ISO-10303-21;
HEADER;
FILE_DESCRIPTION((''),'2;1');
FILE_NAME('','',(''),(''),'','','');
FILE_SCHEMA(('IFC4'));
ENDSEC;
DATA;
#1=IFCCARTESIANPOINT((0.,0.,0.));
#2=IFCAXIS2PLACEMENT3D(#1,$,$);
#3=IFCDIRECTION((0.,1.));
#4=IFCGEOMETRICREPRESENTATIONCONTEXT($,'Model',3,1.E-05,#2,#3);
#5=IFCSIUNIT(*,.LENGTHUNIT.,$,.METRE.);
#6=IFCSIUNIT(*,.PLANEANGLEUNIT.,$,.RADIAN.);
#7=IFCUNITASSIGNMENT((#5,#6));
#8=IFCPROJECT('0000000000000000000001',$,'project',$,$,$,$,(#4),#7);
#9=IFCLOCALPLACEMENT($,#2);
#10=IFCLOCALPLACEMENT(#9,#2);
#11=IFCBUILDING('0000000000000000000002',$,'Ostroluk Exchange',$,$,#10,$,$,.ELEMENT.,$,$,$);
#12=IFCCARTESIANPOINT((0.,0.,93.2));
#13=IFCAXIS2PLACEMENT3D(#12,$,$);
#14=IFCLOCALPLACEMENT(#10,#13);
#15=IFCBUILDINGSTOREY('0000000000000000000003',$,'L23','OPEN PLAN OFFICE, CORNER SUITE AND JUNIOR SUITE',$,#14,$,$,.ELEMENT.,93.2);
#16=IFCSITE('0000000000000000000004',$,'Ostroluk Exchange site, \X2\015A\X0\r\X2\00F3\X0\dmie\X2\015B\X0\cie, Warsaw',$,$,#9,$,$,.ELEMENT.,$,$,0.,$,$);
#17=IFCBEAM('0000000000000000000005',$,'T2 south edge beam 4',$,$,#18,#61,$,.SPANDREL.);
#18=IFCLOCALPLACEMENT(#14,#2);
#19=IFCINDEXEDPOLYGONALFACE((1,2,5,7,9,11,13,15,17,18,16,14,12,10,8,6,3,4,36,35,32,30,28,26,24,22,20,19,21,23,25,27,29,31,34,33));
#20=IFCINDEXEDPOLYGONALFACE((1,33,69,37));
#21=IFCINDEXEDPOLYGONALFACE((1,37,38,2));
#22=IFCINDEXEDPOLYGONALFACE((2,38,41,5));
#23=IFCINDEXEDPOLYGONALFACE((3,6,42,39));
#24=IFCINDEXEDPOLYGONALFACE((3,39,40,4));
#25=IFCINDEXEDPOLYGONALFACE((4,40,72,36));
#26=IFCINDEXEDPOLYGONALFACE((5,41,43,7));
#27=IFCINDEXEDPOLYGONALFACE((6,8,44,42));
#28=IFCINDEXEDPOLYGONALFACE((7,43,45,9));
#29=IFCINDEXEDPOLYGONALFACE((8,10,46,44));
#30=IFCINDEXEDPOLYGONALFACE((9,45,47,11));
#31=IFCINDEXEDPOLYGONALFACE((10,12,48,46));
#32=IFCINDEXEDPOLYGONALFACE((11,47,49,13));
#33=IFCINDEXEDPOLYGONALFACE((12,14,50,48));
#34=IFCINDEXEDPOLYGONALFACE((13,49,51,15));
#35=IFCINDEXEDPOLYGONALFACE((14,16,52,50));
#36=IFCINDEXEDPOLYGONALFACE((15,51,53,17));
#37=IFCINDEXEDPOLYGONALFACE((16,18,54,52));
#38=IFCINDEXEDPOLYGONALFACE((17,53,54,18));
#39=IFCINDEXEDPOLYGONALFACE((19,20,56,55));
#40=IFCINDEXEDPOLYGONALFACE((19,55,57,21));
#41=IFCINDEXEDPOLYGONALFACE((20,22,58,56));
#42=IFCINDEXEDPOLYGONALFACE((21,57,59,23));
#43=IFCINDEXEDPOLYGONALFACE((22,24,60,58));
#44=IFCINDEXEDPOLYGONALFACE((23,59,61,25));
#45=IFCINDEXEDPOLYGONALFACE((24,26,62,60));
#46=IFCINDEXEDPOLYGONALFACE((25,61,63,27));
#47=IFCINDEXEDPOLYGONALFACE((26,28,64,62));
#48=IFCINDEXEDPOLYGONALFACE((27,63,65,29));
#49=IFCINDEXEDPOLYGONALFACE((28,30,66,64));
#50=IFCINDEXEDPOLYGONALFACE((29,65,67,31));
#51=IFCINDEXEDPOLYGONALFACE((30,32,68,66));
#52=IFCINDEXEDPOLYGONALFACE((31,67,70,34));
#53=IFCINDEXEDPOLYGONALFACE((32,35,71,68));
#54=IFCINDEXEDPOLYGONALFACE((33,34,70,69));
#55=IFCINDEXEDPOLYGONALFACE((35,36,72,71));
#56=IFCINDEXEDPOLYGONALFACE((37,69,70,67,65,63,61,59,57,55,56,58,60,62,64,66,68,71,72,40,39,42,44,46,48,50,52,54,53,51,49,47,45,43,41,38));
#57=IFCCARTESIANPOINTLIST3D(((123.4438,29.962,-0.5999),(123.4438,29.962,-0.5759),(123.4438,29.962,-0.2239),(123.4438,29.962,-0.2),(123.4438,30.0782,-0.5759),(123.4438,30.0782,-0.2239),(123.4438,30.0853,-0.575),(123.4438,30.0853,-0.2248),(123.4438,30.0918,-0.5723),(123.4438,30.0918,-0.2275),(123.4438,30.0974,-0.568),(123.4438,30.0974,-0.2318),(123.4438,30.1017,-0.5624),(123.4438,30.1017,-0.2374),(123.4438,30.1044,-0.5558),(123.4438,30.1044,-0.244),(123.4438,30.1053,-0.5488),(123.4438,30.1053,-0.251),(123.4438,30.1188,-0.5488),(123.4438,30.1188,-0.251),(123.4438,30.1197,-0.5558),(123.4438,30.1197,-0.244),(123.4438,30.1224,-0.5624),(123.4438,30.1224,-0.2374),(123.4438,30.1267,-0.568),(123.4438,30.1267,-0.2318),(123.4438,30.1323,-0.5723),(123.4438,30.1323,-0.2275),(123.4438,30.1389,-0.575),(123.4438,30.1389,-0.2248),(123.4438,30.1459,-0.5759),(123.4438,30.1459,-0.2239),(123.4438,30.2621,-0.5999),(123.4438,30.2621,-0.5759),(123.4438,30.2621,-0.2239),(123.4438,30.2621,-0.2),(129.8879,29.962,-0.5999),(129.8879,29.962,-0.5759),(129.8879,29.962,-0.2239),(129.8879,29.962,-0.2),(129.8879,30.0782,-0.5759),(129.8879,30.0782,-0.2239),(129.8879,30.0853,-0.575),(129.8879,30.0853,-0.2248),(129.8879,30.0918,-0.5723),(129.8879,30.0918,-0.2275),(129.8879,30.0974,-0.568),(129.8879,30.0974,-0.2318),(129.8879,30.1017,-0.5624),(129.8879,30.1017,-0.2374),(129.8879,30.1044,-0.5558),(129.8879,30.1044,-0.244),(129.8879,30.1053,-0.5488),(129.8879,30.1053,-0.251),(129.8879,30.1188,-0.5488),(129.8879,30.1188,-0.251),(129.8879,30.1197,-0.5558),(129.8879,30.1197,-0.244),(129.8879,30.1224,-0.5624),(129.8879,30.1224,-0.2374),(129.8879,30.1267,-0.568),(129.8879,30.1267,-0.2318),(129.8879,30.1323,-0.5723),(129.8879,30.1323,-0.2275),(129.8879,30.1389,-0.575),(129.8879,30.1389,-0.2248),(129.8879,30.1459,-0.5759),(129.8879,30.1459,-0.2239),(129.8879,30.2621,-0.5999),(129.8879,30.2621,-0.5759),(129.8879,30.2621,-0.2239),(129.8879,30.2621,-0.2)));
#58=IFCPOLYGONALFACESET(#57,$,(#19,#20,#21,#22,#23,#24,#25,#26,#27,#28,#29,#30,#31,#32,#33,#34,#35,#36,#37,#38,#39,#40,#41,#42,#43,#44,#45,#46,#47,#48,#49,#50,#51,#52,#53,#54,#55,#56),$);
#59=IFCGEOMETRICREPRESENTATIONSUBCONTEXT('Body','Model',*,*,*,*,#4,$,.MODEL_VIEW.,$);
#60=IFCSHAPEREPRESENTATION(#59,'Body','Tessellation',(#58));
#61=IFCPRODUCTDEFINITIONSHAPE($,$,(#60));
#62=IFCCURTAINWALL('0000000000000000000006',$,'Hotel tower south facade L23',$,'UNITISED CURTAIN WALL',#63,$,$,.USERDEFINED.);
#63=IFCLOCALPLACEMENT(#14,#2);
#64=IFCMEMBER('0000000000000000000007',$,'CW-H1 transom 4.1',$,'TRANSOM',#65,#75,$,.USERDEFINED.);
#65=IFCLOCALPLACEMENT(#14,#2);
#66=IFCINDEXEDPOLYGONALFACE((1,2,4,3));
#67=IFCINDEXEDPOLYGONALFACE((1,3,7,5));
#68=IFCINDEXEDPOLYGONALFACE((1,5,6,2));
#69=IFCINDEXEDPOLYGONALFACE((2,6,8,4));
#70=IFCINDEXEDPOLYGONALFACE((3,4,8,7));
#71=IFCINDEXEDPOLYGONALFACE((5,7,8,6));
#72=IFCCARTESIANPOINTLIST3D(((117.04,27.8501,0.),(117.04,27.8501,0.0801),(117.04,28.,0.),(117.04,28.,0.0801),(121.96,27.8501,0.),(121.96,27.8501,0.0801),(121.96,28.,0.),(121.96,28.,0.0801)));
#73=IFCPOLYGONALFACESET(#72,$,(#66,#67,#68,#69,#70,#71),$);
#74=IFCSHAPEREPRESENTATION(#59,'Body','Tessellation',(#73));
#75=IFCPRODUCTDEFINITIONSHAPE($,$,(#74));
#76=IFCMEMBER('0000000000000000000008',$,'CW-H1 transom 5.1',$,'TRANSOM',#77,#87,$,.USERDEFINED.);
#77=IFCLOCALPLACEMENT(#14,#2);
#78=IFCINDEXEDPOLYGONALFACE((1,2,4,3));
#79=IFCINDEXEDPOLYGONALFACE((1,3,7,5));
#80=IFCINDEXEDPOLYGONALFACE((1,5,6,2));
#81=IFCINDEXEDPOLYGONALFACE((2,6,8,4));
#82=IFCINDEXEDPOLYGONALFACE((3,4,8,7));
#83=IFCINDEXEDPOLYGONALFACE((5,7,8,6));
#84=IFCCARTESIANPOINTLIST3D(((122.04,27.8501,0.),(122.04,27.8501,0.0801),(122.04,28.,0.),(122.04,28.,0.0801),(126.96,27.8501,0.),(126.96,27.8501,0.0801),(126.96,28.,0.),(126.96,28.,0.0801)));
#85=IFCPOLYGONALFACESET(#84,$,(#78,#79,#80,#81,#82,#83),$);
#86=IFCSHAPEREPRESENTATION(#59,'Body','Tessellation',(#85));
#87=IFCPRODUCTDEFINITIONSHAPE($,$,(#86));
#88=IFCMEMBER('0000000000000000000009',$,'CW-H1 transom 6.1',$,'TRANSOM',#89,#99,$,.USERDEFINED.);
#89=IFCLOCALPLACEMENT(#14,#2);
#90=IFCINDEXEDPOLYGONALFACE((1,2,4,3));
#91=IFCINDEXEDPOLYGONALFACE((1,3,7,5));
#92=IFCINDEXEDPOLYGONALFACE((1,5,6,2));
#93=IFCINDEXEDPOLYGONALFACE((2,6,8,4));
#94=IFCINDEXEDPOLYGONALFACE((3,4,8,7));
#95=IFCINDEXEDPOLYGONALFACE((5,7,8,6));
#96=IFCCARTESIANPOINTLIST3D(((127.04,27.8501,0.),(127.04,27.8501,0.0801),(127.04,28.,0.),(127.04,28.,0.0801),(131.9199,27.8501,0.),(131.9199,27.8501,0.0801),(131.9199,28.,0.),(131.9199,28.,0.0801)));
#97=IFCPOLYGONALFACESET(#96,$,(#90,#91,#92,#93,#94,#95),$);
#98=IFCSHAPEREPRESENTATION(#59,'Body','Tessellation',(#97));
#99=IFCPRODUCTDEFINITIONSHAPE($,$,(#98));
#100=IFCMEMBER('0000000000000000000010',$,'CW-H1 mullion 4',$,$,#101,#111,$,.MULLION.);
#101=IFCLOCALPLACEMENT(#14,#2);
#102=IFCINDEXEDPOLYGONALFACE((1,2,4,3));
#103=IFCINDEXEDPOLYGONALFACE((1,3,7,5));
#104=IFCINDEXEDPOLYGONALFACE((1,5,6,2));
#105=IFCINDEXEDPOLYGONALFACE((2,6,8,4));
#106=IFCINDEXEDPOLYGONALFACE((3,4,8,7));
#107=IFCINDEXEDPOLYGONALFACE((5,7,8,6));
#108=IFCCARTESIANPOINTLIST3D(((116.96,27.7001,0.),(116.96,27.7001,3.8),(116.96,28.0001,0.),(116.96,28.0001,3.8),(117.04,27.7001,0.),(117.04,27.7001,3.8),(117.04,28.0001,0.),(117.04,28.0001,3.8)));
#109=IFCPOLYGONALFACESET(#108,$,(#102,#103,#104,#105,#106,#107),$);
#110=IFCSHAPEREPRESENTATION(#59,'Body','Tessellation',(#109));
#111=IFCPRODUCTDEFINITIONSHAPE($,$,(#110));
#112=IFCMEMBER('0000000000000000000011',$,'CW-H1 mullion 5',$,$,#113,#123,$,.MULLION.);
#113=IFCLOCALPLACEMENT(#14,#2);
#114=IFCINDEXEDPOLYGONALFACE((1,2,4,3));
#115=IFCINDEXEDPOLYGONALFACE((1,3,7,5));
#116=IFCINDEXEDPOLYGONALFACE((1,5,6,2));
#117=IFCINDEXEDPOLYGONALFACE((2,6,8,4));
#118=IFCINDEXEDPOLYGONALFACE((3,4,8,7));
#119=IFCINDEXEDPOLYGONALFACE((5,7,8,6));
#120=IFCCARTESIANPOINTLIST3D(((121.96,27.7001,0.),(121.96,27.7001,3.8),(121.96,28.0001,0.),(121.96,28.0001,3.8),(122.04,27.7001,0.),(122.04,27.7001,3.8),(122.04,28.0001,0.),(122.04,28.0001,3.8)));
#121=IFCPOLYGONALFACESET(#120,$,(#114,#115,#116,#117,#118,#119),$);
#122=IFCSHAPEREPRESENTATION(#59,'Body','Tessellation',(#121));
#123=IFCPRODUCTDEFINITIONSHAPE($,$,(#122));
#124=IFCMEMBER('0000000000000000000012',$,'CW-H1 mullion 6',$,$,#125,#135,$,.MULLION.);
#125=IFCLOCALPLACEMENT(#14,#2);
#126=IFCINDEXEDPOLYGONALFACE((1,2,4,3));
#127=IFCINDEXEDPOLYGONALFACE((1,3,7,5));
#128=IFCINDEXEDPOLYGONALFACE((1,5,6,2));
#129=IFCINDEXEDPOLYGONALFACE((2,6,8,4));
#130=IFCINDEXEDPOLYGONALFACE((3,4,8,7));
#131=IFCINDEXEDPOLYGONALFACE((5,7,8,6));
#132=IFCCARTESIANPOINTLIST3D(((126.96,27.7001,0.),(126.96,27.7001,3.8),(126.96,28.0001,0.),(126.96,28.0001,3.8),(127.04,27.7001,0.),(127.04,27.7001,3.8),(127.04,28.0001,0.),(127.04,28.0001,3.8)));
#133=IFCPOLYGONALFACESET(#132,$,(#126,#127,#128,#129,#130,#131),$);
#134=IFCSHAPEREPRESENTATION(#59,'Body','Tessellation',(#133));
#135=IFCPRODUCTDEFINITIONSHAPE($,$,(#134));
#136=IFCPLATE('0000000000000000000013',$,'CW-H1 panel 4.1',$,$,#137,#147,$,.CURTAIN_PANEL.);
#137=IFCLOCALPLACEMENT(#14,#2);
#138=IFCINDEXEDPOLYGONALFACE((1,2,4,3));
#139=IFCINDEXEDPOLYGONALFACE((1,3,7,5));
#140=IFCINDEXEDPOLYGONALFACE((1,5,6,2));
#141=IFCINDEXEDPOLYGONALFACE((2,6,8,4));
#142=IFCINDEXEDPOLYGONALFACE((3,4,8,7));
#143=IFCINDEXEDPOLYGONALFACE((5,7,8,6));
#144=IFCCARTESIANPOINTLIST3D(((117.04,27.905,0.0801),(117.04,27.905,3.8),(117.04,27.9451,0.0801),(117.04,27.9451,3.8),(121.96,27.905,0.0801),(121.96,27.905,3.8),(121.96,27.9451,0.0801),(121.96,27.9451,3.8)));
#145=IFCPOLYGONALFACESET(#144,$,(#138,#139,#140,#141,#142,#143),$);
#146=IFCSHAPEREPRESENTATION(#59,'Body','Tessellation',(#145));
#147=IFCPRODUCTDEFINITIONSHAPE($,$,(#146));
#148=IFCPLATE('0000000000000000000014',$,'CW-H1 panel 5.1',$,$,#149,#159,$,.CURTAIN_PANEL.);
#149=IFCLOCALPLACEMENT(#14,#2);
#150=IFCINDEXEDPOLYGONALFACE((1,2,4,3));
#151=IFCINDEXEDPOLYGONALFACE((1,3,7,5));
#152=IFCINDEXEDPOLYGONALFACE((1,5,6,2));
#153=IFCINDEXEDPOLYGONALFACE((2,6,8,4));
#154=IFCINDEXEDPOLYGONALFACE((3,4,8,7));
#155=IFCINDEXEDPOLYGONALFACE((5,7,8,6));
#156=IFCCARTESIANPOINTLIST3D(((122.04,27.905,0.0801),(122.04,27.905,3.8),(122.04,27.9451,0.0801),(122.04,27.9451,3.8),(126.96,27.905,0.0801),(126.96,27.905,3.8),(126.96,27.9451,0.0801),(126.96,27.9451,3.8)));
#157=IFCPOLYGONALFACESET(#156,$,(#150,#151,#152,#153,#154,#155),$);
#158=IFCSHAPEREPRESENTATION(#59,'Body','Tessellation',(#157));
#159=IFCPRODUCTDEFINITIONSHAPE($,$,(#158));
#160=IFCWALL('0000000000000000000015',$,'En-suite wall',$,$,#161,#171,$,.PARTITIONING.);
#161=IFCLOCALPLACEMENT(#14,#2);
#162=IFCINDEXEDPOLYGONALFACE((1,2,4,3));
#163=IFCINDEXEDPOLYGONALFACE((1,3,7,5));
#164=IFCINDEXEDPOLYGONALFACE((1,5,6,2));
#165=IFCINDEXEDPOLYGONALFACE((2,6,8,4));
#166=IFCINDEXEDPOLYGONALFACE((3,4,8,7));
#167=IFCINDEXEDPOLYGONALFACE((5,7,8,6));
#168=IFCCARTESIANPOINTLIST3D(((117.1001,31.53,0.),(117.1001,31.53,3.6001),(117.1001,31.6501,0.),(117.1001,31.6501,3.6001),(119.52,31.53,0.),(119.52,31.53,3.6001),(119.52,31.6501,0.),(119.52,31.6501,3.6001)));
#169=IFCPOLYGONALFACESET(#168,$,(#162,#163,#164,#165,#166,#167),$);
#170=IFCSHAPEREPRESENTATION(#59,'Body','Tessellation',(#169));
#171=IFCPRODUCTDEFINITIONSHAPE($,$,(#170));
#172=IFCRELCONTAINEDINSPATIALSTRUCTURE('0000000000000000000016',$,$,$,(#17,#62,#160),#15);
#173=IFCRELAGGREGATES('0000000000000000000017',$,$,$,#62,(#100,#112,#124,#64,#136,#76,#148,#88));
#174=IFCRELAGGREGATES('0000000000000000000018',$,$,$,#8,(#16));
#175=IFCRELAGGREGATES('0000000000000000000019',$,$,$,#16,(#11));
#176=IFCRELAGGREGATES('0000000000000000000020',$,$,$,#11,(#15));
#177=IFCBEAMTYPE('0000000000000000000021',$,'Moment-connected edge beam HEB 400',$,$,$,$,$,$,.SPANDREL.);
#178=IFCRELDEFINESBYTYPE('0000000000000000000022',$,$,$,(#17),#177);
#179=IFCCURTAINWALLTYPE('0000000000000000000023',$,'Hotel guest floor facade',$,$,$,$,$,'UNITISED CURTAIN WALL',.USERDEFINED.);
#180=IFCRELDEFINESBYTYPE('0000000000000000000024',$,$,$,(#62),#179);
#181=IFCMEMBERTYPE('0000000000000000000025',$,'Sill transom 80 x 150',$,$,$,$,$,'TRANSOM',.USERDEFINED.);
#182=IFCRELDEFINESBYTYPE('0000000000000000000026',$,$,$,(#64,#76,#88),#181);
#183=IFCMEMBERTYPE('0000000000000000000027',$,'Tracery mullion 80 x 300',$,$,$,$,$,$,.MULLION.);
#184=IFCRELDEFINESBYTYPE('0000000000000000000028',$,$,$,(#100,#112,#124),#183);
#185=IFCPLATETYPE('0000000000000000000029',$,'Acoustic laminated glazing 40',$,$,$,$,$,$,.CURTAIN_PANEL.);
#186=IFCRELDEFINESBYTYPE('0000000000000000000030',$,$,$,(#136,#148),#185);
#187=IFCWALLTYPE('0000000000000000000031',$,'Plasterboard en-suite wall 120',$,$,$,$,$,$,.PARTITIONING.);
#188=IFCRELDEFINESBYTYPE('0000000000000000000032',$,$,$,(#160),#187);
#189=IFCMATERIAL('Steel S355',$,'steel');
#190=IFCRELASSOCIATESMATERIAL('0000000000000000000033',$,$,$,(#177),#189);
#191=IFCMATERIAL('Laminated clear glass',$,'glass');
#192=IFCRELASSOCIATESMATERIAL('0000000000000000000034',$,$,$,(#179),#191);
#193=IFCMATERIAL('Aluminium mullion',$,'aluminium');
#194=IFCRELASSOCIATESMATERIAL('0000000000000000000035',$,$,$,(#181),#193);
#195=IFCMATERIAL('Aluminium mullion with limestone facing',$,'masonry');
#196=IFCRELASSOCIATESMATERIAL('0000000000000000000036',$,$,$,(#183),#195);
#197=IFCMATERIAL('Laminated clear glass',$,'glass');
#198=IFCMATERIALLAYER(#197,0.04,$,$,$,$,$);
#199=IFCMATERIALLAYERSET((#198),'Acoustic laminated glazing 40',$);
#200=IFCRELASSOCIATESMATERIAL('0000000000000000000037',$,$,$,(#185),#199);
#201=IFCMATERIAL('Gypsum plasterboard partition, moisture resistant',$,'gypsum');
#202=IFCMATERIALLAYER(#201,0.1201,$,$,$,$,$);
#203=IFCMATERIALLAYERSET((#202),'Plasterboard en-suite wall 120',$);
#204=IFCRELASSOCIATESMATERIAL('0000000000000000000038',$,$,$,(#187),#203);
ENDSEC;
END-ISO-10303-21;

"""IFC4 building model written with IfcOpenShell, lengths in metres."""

from ifc_helpers import new_model, si_unit, direction, frame, frame_2d, origin, origin_2d, place, context, subcontext, project, spatial, rectangle, i_section, extrude, material, layer, layer_set, material_profile, profile_set, type_object, element, aggregate, save


model = new_model("IFC4")

# Units and contexts
model_context = context("Model", 3, precision=1e-05, world=origin(), true_north=direction((0.0, 1.0)))
body_context = subcontext(model_context, "Body", "Model", "MODEL_VIEW")
ifc_project = project(units=[si_unit("LENGTHUNIT", "METRE"), si_unit("PLANEANGLEUNIT", "RADIAN")], contexts=[model_context])

# Site, building, storey
site_placement = place(None, origin())
site = spatial("IfcSite", under=ifc_project, at=site_placement, Name="Ostroluk Exchange site, Śródmieście, Warsaw", CompositionType="ELEMENT", RefElevation=0.0)
building_placement = place(site_placement, origin())
building = spatial("IfcBuilding", under=site, at=building_placement, Name="Ostroluk Exchange", CompositionType="ELEMENT")
storey_placement = place(building_placement, frame((0.0, 0.0, 93.2)))
storey = spatial("IfcBuildingStorey", under=building, at=storey_placement, Name="L23", Description="OPEN PLAN OFFICE, CORNER SUITE AND JUNIOR SUITE", CompositionType="ELEMENT", Elevation=93.2)

# Beam
ifc_material_1 = material(Name="Steel S355", Category="steel")
ifc_material_profile_1 = material_profile(ifc_material_1, i_section(OverallWidth=0.3, OverallDepth=0.3999, WebThickness=0.0134, FlangeThickness=0.0239, FilletRadius=0.0271, at=origin_2d()), Name="HEB 400")
ifc_profile_set_1 = profile_set([ifc_material_profile_1], Name="Steel S355")
beam_type = type_object("IfcBeamType", Name="Moment-connected edge beam HEB 400", PredefinedType="SPANDREL", material=ifc_profile_set_1)
beam_1_placement = place(storey_placement, frame((123.4438, 30.1121, -0.3999), z_axis=(1.0, 0.0, 0.0), x_axis=(0.0, 1.0, 0.0)))
element("IfcBeam", 1, at=beam_1_placement, inside=storey, type_object=beam_type, Name="T2 south edge beam 4", PredefinedType="SPANDREL", context=body_context, shape_type="SweptSolid", body=[
    extrude(i_section(OverallWidth=0.3, OverallDepth=0.3999, WebThickness=0.0134, FlangeThickness=0.0239, FilletRadius=0.0271, at=origin_2d()), origin(), (0.0, 0.0, 1.0), 6.4441),
])

# Curtain wall, members, plates
ifc_material_2 = material(Name="Laminated clear glass", Category="glass")
curtain_wall_type = type_object("IfcCurtainWallType", Name="Hotel guest floor facade", ElementType="UNITISED CURTAIN WALL", PredefinedType="USERDEFINED", material=ifc_material_2)
curtain_wall_placement = place(storey_placement, origin())
curtain_wall = element("IfcCurtainWall", 2, at=curtain_wall_placement, inside=storey, type_object=curtain_wall_type, Name="Hotel tower south facade L23", ObjectType="UNITISED CURTAIN WALL", PredefinedType="USERDEFINED")
ifc_material_3 = material(Name="Aluminium mullion", Category="aluminium")
ifc_material_profile_2 = material_profile(ifc_material_3, rectangle(XDim=0.1499, YDim=0.0801, at=origin_2d()), Name="Sill transom 80 x 150")
ifc_profile_set_2 = profile_set([ifc_material_profile_2], Name="Aluminium mullion")
member_type_1 = type_object("IfcMemberType", Name="Sill transom 80 x 150", ElementType="TRANSOM", PredefinedType="USERDEFINED", material=ifc_profile_set_2)
member_1_placement = place(storey_placement, frame((117.04, 27.925, 0.04), z_axis=(1.0, 0.0, 0.0), x_axis=(0.0, 1.0, 0.0)))
member_1 = element("IfcMember", 3, at=member_1_placement, type_object=member_type_1, Name="CW-H1 transom 4.1", ObjectType="TRANSOM", PredefinedType="USERDEFINED", context=body_context, shape_type="SweptSolid", body=[
    extrude(rectangle(XDim=0.1499, YDim=0.0801, at=origin_2d()), origin(), (0.0, 0.0, 1.0), 4.9199),
])
member_2_placement = place(storey_placement, frame((122.04, 27.925, 0.04), z_axis=(1.0, 0.0, 0.0), x_axis=(0.0, 1.0, 0.0)))
member_2 = element("IfcMember", 4, at=member_2_placement, type_object=member_type_1, Name="CW-H1 transom 5.1", ObjectType="TRANSOM", PredefinedType="USERDEFINED", context=body_context, shape_type="SweptSolid", body=[
    extrude(rectangle(XDim=0.1499, YDim=0.0801, at=origin_2d()), origin(), (0.0, 0.0, 1.0), 4.9199),
])
member_3_placement = place(storey_placement, frame((127.04, 27.925, 0.04), z_axis=(1.0, 0.0, 0.0), x_axis=(0.0, 1.0, 0.0)))
member_3 = element("IfcMember", 5, at=member_3_placement, type_object=member_type_1, Name="CW-H1 transom 6.1", ObjectType="TRANSOM", PredefinedType="USERDEFINED", context=body_context, shape_type="SweptSolid", body=[
    extrude(rectangle(XDim=0.1499, YDim=0.0801, at=origin_2d()), origin(), (0.0, 0.0, 1.0), 4.8799),
])
ifc_material_4 = material(Name="Aluminium mullion with limestone facing", Category="masonry")
ifc_material_profile_3 = material_profile(ifc_material_4, rectangle(XDim=0.3, YDim=0.0801, at=origin_2d()), Name="Tracery mullion 80 x 300")
ifc_profile_set_3 = profile_set([ifc_material_profile_3], Name="Aluminium mullion with limestone facing")
member_type_2 = type_object("IfcMemberType", Name="Tracery mullion 80 x 300", PredefinedType="MULLION", material=ifc_profile_set_3)
member_4_placement = place(storey_placement, frame((117.0, 27.8501, 0.0), z_axis=(0.0, 0.0, 1.0), x_axis=(0.0, 1.0, 0.0)))
member_4 = element("IfcMember", 6, at=member_4_placement, type_object=member_type_2, Name="CW-H1 mullion 4", PredefinedType="MULLION", context=body_context, shape_type="SweptSolid", body=[
    extrude(rectangle(XDim=0.3, YDim=0.0801, at=origin_2d()), origin(), (0.0, 0.0, 1.0), 3.8),
])
member_5_placement = place(storey_placement, frame((122.0, 27.8501, 0.0), z_axis=(0.0, 0.0, 1.0), x_axis=(0.0, 1.0, 0.0)))
member_5 = element("IfcMember", 7, at=member_5_placement, type_object=member_type_2, Name="CW-H1 mullion 5", PredefinedType="MULLION", context=body_context, shape_type="SweptSolid", body=[
    extrude(rectangle(XDim=0.3, YDim=0.0801, at=origin_2d()), origin(), (0.0, 0.0, 1.0), 3.8),
])
member_6_placement = place(storey_placement, frame((127.0, 27.8501, 0.0), z_axis=(0.0, 0.0, 1.0), x_axis=(0.0, 1.0, 0.0)))
member_6 = element("IfcMember", 8, at=member_6_placement, type_object=member_type_2, Name="CW-H1 mullion 6", PredefinedType="MULLION", context=body_context, shape_type="SweptSolid", body=[
    extrude(rectangle(XDim=0.3, YDim=0.0801, at=origin_2d()), origin(), (0.0, 0.0, 1.0), 3.8),
])
ifc_material_5 = material(Name="Laminated clear glass", Category="glass")
ifc_layer_1 = layer(ifc_material_5, 0.04)
ifc_layer_set_1 = layer_set([ifc_layer_1], Name="Acoustic laminated glazing 40")
plate_type = type_object("IfcPlateType", Name="Acoustic laminated glazing 40", PredefinedType="CURTAIN_PANEL", material=ifc_layer_set_1)
plate_1_placement = place(storey_placement, frame((119.5, 27.925, 0.0801), z_axis=(0.0, 0.0, 1.0), x_axis=(1.0, 0.0, 0.0)))
plate_1 = element("IfcPlate", 9, at=plate_1_placement, type_object=plate_type, Name="CW-H1 panel 4.1", PredefinedType="CURTAIN_PANEL", context=body_context, shape_type="SweptSolid", body=[
    extrude(rectangle(XDim=4.9199, YDim=0.04, at=origin_2d()), origin(), (0.0, 0.0, 1.0), 3.72),
])
plate_2_placement = place(storey_placement, frame((124.5, 27.925, 0.0801), z_axis=(0.0, 0.0, 1.0), x_axis=(1.0, 0.0, 0.0)))
plate_2 = element("IfcPlate", 10, at=plate_2_placement, type_object=plate_type, Name="CW-H1 panel 5.1", PredefinedType="CURTAIN_PANEL", context=body_context, shape_type="SweptSolid", body=[
    extrude(rectangle(XDim=4.9199, YDim=0.04, at=origin_2d()), origin(), (0.0, 0.0, 1.0), 3.72),
])
aggregate(curtain_wall, [member_4, member_5, member_6, member_1, plate_1, member_2, plate_2, member_3])

# Wall
ifc_material_6 = material(Name="Gypsum plasterboard partition, moisture resistant", Category="gypsum")
ifc_layer_2 = layer(ifc_material_6, 0.1201)
ifc_layer_set_2 = layer_set([ifc_layer_2], Name="Plasterboard en-suite wall 120")
wall_type_1 = type_object("IfcWallType", Name="Plasterboard en-suite wall 120", PredefinedType="PARTITIONING", material=ifc_layer_set_2)
wall_1_placement = place(storey_placement, frame((117.1001, 31.5901, 0.0), z_axis=(0.0, 0.0, 1.0), x_axis=(1.0, 0.0, 0.0)))
element("IfcWall", 11, at=wall_1_placement, inside=storey, type_object=wall_type_1, Name="En-suite wall", PredefinedType="PARTITIONING", context=body_context, shape_type="SweptSolid", body=[
    extrude(rectangle(XDim=2.4199, YDim=0.1201, at=frame_2d((1.21, 0.0))), origin(), (0.0, 0.0, 1.0), 3.6001),
])

save(model, "model.ifc")
